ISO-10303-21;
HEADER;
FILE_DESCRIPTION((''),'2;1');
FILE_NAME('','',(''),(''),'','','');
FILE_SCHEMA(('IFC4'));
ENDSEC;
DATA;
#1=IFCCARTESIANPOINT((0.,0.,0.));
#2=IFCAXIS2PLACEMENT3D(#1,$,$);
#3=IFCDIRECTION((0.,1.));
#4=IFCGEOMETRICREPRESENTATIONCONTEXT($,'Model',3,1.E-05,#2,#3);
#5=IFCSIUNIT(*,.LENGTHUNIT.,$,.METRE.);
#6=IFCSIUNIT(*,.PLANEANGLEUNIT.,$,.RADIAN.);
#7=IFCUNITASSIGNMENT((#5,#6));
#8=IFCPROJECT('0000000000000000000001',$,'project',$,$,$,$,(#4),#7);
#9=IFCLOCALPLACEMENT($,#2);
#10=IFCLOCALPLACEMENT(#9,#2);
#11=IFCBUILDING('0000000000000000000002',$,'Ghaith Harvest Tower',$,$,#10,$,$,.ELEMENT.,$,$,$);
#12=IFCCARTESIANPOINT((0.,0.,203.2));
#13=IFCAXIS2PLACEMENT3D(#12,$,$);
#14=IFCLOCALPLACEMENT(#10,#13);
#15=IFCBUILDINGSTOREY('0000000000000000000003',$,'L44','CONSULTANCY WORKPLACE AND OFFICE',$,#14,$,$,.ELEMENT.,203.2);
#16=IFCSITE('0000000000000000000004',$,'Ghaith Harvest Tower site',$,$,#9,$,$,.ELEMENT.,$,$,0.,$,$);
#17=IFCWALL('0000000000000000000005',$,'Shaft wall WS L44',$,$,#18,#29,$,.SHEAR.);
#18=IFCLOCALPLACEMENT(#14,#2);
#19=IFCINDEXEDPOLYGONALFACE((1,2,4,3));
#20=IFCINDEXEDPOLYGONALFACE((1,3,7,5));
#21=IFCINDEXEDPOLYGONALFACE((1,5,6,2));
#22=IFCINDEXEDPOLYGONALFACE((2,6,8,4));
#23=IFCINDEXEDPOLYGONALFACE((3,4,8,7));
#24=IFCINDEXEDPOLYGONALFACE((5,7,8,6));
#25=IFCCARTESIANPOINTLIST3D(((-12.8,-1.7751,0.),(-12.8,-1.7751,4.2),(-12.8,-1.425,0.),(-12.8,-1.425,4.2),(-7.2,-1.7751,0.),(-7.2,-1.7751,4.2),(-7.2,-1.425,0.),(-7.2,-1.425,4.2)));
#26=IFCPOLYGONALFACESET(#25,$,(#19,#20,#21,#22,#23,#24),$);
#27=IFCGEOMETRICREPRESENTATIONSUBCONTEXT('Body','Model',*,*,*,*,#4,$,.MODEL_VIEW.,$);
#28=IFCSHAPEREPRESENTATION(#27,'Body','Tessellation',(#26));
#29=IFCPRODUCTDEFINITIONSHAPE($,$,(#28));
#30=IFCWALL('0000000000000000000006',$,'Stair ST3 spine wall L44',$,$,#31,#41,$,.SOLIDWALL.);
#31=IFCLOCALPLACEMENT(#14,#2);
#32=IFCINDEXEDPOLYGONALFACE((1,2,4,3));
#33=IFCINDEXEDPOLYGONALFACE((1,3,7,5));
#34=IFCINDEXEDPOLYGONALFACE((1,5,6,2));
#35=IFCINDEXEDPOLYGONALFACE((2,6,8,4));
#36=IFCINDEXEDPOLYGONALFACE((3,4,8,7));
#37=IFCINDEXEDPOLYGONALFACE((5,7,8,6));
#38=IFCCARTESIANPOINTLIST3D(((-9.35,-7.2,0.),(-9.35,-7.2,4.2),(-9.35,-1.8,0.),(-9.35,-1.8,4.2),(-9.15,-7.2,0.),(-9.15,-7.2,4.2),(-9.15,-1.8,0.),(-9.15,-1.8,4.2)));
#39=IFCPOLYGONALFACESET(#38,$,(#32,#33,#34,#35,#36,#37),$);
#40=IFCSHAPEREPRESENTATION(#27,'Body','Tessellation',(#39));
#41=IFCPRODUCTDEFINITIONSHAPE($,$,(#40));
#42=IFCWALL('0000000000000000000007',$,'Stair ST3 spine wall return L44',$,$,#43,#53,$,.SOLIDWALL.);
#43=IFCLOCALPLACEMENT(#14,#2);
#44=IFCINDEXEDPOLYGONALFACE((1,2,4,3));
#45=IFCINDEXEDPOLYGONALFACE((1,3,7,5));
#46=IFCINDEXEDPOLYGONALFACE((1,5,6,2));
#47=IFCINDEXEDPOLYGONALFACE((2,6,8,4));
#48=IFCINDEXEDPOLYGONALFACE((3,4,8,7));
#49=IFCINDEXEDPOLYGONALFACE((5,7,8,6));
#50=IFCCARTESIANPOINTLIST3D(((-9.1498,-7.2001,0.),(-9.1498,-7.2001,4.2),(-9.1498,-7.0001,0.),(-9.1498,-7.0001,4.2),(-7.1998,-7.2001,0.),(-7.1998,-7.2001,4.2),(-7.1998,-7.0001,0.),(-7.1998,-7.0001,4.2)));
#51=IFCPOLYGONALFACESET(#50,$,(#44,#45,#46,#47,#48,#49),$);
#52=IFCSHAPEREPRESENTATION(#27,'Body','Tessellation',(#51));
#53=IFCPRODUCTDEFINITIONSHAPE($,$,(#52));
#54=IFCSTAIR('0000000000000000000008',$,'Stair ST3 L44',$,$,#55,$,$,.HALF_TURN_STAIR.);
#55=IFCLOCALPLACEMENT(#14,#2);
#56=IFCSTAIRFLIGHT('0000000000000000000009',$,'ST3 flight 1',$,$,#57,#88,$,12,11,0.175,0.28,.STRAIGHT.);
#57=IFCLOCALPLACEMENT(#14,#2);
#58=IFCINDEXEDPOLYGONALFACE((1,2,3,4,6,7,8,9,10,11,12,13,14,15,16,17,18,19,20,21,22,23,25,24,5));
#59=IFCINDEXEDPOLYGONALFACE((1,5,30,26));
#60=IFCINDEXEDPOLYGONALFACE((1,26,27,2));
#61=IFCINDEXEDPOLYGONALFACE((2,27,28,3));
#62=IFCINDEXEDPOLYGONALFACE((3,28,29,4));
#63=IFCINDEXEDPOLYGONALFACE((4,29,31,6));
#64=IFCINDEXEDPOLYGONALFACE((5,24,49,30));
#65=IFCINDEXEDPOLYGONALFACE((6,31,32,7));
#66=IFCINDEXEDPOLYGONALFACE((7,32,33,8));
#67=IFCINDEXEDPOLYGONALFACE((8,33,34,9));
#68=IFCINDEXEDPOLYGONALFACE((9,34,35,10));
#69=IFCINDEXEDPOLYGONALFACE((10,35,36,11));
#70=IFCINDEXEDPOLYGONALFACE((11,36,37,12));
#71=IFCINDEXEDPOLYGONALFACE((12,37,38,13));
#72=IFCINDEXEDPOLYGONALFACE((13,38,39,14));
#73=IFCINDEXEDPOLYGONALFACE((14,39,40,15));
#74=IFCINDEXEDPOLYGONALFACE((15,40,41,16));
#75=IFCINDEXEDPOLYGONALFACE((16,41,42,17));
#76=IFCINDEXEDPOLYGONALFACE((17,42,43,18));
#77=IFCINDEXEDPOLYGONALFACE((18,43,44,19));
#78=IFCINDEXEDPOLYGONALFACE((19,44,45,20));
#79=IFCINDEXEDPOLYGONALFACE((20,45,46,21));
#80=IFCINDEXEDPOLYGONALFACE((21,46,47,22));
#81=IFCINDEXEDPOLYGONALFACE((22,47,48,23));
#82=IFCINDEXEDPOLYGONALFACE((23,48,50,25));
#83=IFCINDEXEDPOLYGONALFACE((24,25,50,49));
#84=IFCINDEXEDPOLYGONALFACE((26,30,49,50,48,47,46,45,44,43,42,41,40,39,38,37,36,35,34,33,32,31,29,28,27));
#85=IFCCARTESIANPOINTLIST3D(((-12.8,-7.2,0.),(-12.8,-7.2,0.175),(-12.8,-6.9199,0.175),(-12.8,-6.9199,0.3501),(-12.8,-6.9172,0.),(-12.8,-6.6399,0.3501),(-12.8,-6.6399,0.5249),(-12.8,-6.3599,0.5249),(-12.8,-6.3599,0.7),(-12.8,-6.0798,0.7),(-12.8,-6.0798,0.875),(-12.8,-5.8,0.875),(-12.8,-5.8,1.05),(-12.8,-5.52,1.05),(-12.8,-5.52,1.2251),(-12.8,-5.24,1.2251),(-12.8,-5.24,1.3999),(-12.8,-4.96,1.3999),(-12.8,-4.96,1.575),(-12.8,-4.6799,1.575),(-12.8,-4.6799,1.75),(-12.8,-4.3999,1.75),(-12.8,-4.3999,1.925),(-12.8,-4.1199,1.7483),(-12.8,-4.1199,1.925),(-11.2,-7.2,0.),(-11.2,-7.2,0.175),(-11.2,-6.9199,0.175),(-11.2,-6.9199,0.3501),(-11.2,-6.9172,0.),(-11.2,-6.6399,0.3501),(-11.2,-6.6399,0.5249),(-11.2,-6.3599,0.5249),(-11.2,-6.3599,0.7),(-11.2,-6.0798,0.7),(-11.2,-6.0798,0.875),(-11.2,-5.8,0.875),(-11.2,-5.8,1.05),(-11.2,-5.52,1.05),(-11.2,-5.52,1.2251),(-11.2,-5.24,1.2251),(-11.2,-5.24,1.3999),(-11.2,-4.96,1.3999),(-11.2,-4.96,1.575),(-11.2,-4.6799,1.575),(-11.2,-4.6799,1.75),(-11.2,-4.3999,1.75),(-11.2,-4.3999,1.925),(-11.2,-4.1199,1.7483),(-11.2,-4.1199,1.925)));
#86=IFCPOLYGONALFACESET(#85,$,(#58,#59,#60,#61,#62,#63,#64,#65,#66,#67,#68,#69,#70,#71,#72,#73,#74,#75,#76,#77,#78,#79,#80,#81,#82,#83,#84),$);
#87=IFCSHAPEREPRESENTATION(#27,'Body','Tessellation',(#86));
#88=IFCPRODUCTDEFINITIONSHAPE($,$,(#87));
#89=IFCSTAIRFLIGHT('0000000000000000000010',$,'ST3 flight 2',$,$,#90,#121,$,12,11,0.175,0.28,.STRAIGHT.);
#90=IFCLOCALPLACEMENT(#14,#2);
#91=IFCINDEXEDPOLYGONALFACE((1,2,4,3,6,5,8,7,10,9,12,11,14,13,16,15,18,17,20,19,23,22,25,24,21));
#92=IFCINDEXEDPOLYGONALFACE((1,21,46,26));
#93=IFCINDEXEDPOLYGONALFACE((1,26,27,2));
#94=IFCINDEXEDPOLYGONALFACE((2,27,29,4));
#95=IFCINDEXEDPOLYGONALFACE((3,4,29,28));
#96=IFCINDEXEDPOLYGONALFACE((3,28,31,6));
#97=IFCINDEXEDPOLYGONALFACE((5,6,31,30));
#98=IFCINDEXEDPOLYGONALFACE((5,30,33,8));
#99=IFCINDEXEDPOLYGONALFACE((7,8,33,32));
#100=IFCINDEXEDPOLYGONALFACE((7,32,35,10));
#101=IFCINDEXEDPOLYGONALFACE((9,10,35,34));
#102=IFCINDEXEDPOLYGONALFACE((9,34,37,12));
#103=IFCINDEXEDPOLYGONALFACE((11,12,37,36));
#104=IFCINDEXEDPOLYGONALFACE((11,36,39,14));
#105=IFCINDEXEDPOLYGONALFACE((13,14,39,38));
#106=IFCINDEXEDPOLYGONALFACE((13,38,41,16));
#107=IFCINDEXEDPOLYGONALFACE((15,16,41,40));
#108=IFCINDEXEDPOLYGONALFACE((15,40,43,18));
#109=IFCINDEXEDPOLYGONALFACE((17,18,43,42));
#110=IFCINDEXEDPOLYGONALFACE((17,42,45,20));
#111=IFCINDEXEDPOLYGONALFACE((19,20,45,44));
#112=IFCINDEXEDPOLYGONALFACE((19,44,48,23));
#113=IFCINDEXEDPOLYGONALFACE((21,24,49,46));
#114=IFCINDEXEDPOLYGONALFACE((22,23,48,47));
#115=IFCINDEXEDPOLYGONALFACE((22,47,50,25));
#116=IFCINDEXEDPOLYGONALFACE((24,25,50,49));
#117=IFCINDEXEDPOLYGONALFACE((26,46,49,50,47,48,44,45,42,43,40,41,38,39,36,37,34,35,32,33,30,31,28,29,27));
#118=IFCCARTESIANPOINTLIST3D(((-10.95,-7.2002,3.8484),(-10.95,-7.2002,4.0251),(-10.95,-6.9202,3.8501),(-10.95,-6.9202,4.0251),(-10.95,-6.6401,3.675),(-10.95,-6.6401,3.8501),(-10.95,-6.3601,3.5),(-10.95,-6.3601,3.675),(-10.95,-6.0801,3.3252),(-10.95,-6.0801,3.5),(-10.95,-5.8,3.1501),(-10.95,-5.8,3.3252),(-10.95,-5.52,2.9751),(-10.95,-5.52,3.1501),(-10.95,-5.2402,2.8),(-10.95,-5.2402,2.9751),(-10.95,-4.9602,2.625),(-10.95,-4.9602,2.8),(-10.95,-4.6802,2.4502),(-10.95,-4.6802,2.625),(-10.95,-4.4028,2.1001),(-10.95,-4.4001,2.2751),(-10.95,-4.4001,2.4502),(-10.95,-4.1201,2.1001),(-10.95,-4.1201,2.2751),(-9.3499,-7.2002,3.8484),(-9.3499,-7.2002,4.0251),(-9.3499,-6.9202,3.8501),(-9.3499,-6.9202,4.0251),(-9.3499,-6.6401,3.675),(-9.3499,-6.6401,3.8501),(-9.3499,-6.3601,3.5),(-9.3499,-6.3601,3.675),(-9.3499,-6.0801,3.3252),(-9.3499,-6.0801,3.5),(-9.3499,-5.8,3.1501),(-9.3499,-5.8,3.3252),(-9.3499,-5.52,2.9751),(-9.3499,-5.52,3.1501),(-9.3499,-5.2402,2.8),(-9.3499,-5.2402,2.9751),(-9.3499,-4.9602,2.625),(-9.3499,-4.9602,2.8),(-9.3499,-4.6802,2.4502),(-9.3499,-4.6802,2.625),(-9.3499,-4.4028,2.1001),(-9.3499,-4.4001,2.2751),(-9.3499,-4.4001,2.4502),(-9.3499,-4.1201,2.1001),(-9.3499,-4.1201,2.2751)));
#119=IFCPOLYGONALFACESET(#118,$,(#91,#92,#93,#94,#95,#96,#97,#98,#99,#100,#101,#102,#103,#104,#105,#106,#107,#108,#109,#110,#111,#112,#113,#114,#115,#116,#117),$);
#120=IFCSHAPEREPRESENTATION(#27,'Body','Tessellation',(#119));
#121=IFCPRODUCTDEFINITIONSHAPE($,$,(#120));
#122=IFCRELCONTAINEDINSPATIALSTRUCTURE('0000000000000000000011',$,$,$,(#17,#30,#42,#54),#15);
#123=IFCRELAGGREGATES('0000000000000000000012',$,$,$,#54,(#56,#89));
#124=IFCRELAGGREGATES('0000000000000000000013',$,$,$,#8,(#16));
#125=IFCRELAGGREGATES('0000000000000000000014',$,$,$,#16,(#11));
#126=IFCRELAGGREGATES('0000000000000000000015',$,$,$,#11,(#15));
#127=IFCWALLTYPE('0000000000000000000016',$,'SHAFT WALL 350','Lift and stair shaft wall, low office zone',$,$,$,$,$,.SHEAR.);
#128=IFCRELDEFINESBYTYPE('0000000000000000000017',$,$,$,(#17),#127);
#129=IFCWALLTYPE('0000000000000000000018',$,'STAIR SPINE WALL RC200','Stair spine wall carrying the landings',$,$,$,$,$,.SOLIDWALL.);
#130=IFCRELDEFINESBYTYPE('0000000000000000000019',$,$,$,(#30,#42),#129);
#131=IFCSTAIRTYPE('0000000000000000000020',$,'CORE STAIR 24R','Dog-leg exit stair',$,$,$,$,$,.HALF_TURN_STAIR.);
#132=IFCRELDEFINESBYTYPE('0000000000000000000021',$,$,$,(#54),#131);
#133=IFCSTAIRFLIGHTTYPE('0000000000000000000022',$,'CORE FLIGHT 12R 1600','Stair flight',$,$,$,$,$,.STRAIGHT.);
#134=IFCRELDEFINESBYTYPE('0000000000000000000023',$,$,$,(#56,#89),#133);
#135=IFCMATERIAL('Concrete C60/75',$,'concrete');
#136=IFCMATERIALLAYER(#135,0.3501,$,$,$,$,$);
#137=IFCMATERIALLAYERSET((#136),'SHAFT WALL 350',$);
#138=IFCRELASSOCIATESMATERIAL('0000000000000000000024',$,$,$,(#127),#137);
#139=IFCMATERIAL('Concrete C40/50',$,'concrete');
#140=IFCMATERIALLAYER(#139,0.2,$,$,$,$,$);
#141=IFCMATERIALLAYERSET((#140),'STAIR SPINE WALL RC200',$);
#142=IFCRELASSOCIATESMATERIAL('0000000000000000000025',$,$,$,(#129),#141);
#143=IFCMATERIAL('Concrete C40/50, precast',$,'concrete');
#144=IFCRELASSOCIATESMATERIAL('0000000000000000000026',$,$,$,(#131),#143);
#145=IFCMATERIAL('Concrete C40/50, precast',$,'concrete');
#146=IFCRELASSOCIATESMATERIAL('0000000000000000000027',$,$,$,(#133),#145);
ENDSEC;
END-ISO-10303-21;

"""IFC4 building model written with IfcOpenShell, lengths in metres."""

from ifc_helpers import new_model, si_unit, direction, frame, frame_2d, origin, place, context, subcontext, project, spatial, polyline, rectangle, outline, extrude, material, layer, layer_set, type_object, element, aggregate, save


model = new_model("IFC4")

# Units and contexts
model_context = context("Model", 3, precision=1e-05, world=origin(), true_north=direction((0.0, 1.0)))
body_context = subcontext(model_context, "Body", "Model", "MODEL_VIEW")
ifc_project = project(units=[si_unit("LENGTHUNIT", "METRE"), si_unit("PLANEANGLEUNIT", "RADIAN")], contexts=[model_context])

# Site, building, storey
site_placement = place(None, origin())
site = spatial("IfcSite", under=ifc_project, at=site_placement, Name="Ghaith Harvest Tower site", CompositionType="ELEMENT", RefElevation=0.0)
building_placement = place(site_placement, origin())
building = spatial("IfcBuilding", under=site, at=building_placement, Name="Ghaith Harvest Tower", CompositionType="ELEMENT")
storey_placement = place(building_placement, frame((0.0, 0.0, 203.2)))
storey = spatial("IfcBuildingStorey", under=building, at=storey_placement, Name="L44", Description="CONSULTANCY WORKPLACE AND OFFICE", CompositionType="ELEMENT", Elevation=203.2)

# Shared definitions
ifc_material_1 = material(Name="Concrete C60/75", Category="concrete")
ifc_layer_1 = layer(ifc_material_1, 0.3501)
ifc_layer_set_1 = layer_set([ifc_layer_1], Name="SHAFT WALL 350")
wall_type_1 = type_object("IfcWallType", Name="SHAFT WALL 350", Description="Lift and stair shaft wall, low office zone", PredefinedType="SHEAR", material=ifc_layer_set_1)

# Walls
wall_1_placement = place(storey_placement, frame((-12.8, -1.6001, 0.0), z_axis=(0.0, 0.0, 1.0), x_axis=(1.0, 0.0, 0.0)))
element("IfcWall", 1, at=wall_1_placement, inside=storey, type_object=wall_type_1, Name="Shaft wall WS L44", PredefinedType="SHEAR", context=body_context, shape_type="SweptSolid", body=[
    extrude(rectangle(XDim=5.6001, YDim=0.3501, at=frame_2d((2.8, 0.0))), origin(), (0.0, 0.0, 1.0), 4.2),
])
ifc_material_2 = material(Name="Concrete C40/50", Category="concrete")
ifc_layer_2 = layer(ifc_material_2, 0.2)
ifc_layer_set_2 = layer_set([ifc_layer_2], Name="STAIR SPINE WALL RC200")
wall_type_2 = type_object("IfcWallType", Name="STAIR SPINE WALL RC200", Description="Stair spine wall carrying the landings", PredefinedType="SOLIDWALL", material=ifc_layer_set_2)
wall_2_placement = place(storey_placement, frame((-9.25, -7.2, 0.0), z_axis=(0.0, 0.0, 1.0), x_axis=(0.0, 1.0, 0.0)))
element("IfcWall", 2, at=wall_2_placement, inside=storey, type_object=wall_type_2, Name="Stair ST3 spine wall L44", PredefinedType="SOLIDWALL", context=body_context, shape_type="SweptSolid", body=[
    extrude(rectangle(XDim=5.3999, YDim=0.2, at=frame_2d((2.7, 0.0))), origin(), (0.0, 0.0, 1.0), 4.2),
])
wall_3_placement = place(storey_placement, frame((-9.1499, -7.1001, 0.0), z_axis=(0.0, 0.0, 1.0), x_axis=(1.0, 0.0, 0.0)))
element("IfcWall", 3, at=wall_3_placement, inside=storey, type_object=wall_type_2, Name="Stair ST3 spine wall return L44", PredefinedType="SOLIDWALL", context=body_context, shape_type="SweptSolid", body=[
    extrude(rectangle(XDim=1.95, YDim=0.2, at=frame_2d((0.9751, 0.0))), origin(), (0.0, 0.0, 1.0), 4.2),
])

# Stair, stair flights
ifc_material_3 = material(Name="Concrete C40/50, precast", Category="concrete")
stair_type = type_object("IfcStairType", Name="CORE STAIR 24R", Description="Dog-leg exit stair", PredefinedType="HALF_TURN_STAIR", material=ifc_material_3)
stair_placement = place(storey_placement, origin())
stair = element("IfcStair", 4, at=stair_placement, inside=storey, type_object=stair_type, Name="Stair ST3 L44", PredefinedType="HALF_TURN_STAIR")
ifc_material_4 = material(Name="Concrete C40/50, precast", Category="concrete")
stair_flight_type = type_object("IfcStairFlightType", Name="CORE FLIGHT 12R 1600", Description="Stair flight", PredefinedType="STRAIGHT", material=ifc_material_4)
stair_flight_1_placement = place(storey_placement, frame((-12.0, -7.2, 0.0), z_axis=(0.0, 0.0, 1.0), x_axis=(0.0, 1.0, 0.0)))
stair_flight_1 = element("IfcStairFlight", 5, at=stair_flight_1_placement, type_object=stair_flight_type, Name="ST3 flight 1", NumberOfRisers=12, NumberOfTreads=11, PredefinedType="STRAIGHT", RiserHeight=0.175, TreadLength=0.28, context=body_context, shape_type="SweptSolid", body=[
    extrude(outline(polyline([(0.0, 0.0), (0.0, 0.175), (0.28, 0.175), (0.28, 0.3501), (0.5601, 0.3501), (0.5601, 0.5249), (0.8401, 0.5249), (0.8401, 0.7), (1.1201, 0.7), (1.1201, 0.875), (1.3999, 0.875), (1.3999, 1.05), (1.6799, 1.05), (1.6799, 1.2251), (1.96, 1.2251), (1.96, 1.3999), (2.24, 1.3999), (2.24, 1.575), (2.52, 1.575), (2.52, 1.75), (2.8, 1.75), (2.8, 1.925), (3.0801, 1.925), (3.0801, 2.1001), (3.0801, 1.7483), (0.2827, 0.0), (0.0, 0.0)])), frame((0.0, 0.8, 0.0), z_axis=(0.0, -1.0, 0.0), x_axis=(1.0, 0.0, 0.0)), (0.0, 0.0, 1.0), 1.6001),
])
stair_flight_2_placement = place(storey_placement, frame((-10.1499, -4.1201, 2.1001), z_axis=(0.0, 0.0, 1.0), x_axis=(0.0, -1.0, 0.0)))
stair_flight_2 = element("IfcStairFlight", 6, at=stair_flight_2_placement, type_object=stair_flight_type, Name="ST3 flight 2", NumberOfRisers=12, NumberOfTreads=11, PredefinedType="STRAIGHT", RiserHeight=0.175, TreadLength=0.28, context=body_context, shape_type="SweptSolid", body=[
    extrude(outline(polyline([(0.0, 0.0), (0.0, 0.175), (0.28, 0.175), (0.28, 0.3501), (0.5601, 0.3501), (0.5601, 0.5249), (0.8401, 0.5249), (0.8401, 0.7), (1.1201, 0.7), (1.1201, 0.875), (1.3999, 0.875), (1.3999, 1.05), (1.6799, 1.05), (1.6799, 1.2251), (1.96, 1.2251), (1.96, 1.3999), (2.24, 1.3999), (2.24, 1.575), (2.52, 1.575), (2.52, 1.75), (2.8, 1.75), (2.8, 1.925), (3.0801, 1.925), (3.0801, 2.1001), (3.0801, 1.7483), (0.2827, 0.0), (0.0, 0.0)])), frame((0.0, 0.8, 0.0), z_axis=(0.0, -1.0, 0.0), x_axis=(1.0, 0.0, 0.0)), (0.0, 0.0, 1.0), 1.6001),
])
aggregate(stair, [stair_flight_1, stair_flight_2])

save(model, "model.ifc")
